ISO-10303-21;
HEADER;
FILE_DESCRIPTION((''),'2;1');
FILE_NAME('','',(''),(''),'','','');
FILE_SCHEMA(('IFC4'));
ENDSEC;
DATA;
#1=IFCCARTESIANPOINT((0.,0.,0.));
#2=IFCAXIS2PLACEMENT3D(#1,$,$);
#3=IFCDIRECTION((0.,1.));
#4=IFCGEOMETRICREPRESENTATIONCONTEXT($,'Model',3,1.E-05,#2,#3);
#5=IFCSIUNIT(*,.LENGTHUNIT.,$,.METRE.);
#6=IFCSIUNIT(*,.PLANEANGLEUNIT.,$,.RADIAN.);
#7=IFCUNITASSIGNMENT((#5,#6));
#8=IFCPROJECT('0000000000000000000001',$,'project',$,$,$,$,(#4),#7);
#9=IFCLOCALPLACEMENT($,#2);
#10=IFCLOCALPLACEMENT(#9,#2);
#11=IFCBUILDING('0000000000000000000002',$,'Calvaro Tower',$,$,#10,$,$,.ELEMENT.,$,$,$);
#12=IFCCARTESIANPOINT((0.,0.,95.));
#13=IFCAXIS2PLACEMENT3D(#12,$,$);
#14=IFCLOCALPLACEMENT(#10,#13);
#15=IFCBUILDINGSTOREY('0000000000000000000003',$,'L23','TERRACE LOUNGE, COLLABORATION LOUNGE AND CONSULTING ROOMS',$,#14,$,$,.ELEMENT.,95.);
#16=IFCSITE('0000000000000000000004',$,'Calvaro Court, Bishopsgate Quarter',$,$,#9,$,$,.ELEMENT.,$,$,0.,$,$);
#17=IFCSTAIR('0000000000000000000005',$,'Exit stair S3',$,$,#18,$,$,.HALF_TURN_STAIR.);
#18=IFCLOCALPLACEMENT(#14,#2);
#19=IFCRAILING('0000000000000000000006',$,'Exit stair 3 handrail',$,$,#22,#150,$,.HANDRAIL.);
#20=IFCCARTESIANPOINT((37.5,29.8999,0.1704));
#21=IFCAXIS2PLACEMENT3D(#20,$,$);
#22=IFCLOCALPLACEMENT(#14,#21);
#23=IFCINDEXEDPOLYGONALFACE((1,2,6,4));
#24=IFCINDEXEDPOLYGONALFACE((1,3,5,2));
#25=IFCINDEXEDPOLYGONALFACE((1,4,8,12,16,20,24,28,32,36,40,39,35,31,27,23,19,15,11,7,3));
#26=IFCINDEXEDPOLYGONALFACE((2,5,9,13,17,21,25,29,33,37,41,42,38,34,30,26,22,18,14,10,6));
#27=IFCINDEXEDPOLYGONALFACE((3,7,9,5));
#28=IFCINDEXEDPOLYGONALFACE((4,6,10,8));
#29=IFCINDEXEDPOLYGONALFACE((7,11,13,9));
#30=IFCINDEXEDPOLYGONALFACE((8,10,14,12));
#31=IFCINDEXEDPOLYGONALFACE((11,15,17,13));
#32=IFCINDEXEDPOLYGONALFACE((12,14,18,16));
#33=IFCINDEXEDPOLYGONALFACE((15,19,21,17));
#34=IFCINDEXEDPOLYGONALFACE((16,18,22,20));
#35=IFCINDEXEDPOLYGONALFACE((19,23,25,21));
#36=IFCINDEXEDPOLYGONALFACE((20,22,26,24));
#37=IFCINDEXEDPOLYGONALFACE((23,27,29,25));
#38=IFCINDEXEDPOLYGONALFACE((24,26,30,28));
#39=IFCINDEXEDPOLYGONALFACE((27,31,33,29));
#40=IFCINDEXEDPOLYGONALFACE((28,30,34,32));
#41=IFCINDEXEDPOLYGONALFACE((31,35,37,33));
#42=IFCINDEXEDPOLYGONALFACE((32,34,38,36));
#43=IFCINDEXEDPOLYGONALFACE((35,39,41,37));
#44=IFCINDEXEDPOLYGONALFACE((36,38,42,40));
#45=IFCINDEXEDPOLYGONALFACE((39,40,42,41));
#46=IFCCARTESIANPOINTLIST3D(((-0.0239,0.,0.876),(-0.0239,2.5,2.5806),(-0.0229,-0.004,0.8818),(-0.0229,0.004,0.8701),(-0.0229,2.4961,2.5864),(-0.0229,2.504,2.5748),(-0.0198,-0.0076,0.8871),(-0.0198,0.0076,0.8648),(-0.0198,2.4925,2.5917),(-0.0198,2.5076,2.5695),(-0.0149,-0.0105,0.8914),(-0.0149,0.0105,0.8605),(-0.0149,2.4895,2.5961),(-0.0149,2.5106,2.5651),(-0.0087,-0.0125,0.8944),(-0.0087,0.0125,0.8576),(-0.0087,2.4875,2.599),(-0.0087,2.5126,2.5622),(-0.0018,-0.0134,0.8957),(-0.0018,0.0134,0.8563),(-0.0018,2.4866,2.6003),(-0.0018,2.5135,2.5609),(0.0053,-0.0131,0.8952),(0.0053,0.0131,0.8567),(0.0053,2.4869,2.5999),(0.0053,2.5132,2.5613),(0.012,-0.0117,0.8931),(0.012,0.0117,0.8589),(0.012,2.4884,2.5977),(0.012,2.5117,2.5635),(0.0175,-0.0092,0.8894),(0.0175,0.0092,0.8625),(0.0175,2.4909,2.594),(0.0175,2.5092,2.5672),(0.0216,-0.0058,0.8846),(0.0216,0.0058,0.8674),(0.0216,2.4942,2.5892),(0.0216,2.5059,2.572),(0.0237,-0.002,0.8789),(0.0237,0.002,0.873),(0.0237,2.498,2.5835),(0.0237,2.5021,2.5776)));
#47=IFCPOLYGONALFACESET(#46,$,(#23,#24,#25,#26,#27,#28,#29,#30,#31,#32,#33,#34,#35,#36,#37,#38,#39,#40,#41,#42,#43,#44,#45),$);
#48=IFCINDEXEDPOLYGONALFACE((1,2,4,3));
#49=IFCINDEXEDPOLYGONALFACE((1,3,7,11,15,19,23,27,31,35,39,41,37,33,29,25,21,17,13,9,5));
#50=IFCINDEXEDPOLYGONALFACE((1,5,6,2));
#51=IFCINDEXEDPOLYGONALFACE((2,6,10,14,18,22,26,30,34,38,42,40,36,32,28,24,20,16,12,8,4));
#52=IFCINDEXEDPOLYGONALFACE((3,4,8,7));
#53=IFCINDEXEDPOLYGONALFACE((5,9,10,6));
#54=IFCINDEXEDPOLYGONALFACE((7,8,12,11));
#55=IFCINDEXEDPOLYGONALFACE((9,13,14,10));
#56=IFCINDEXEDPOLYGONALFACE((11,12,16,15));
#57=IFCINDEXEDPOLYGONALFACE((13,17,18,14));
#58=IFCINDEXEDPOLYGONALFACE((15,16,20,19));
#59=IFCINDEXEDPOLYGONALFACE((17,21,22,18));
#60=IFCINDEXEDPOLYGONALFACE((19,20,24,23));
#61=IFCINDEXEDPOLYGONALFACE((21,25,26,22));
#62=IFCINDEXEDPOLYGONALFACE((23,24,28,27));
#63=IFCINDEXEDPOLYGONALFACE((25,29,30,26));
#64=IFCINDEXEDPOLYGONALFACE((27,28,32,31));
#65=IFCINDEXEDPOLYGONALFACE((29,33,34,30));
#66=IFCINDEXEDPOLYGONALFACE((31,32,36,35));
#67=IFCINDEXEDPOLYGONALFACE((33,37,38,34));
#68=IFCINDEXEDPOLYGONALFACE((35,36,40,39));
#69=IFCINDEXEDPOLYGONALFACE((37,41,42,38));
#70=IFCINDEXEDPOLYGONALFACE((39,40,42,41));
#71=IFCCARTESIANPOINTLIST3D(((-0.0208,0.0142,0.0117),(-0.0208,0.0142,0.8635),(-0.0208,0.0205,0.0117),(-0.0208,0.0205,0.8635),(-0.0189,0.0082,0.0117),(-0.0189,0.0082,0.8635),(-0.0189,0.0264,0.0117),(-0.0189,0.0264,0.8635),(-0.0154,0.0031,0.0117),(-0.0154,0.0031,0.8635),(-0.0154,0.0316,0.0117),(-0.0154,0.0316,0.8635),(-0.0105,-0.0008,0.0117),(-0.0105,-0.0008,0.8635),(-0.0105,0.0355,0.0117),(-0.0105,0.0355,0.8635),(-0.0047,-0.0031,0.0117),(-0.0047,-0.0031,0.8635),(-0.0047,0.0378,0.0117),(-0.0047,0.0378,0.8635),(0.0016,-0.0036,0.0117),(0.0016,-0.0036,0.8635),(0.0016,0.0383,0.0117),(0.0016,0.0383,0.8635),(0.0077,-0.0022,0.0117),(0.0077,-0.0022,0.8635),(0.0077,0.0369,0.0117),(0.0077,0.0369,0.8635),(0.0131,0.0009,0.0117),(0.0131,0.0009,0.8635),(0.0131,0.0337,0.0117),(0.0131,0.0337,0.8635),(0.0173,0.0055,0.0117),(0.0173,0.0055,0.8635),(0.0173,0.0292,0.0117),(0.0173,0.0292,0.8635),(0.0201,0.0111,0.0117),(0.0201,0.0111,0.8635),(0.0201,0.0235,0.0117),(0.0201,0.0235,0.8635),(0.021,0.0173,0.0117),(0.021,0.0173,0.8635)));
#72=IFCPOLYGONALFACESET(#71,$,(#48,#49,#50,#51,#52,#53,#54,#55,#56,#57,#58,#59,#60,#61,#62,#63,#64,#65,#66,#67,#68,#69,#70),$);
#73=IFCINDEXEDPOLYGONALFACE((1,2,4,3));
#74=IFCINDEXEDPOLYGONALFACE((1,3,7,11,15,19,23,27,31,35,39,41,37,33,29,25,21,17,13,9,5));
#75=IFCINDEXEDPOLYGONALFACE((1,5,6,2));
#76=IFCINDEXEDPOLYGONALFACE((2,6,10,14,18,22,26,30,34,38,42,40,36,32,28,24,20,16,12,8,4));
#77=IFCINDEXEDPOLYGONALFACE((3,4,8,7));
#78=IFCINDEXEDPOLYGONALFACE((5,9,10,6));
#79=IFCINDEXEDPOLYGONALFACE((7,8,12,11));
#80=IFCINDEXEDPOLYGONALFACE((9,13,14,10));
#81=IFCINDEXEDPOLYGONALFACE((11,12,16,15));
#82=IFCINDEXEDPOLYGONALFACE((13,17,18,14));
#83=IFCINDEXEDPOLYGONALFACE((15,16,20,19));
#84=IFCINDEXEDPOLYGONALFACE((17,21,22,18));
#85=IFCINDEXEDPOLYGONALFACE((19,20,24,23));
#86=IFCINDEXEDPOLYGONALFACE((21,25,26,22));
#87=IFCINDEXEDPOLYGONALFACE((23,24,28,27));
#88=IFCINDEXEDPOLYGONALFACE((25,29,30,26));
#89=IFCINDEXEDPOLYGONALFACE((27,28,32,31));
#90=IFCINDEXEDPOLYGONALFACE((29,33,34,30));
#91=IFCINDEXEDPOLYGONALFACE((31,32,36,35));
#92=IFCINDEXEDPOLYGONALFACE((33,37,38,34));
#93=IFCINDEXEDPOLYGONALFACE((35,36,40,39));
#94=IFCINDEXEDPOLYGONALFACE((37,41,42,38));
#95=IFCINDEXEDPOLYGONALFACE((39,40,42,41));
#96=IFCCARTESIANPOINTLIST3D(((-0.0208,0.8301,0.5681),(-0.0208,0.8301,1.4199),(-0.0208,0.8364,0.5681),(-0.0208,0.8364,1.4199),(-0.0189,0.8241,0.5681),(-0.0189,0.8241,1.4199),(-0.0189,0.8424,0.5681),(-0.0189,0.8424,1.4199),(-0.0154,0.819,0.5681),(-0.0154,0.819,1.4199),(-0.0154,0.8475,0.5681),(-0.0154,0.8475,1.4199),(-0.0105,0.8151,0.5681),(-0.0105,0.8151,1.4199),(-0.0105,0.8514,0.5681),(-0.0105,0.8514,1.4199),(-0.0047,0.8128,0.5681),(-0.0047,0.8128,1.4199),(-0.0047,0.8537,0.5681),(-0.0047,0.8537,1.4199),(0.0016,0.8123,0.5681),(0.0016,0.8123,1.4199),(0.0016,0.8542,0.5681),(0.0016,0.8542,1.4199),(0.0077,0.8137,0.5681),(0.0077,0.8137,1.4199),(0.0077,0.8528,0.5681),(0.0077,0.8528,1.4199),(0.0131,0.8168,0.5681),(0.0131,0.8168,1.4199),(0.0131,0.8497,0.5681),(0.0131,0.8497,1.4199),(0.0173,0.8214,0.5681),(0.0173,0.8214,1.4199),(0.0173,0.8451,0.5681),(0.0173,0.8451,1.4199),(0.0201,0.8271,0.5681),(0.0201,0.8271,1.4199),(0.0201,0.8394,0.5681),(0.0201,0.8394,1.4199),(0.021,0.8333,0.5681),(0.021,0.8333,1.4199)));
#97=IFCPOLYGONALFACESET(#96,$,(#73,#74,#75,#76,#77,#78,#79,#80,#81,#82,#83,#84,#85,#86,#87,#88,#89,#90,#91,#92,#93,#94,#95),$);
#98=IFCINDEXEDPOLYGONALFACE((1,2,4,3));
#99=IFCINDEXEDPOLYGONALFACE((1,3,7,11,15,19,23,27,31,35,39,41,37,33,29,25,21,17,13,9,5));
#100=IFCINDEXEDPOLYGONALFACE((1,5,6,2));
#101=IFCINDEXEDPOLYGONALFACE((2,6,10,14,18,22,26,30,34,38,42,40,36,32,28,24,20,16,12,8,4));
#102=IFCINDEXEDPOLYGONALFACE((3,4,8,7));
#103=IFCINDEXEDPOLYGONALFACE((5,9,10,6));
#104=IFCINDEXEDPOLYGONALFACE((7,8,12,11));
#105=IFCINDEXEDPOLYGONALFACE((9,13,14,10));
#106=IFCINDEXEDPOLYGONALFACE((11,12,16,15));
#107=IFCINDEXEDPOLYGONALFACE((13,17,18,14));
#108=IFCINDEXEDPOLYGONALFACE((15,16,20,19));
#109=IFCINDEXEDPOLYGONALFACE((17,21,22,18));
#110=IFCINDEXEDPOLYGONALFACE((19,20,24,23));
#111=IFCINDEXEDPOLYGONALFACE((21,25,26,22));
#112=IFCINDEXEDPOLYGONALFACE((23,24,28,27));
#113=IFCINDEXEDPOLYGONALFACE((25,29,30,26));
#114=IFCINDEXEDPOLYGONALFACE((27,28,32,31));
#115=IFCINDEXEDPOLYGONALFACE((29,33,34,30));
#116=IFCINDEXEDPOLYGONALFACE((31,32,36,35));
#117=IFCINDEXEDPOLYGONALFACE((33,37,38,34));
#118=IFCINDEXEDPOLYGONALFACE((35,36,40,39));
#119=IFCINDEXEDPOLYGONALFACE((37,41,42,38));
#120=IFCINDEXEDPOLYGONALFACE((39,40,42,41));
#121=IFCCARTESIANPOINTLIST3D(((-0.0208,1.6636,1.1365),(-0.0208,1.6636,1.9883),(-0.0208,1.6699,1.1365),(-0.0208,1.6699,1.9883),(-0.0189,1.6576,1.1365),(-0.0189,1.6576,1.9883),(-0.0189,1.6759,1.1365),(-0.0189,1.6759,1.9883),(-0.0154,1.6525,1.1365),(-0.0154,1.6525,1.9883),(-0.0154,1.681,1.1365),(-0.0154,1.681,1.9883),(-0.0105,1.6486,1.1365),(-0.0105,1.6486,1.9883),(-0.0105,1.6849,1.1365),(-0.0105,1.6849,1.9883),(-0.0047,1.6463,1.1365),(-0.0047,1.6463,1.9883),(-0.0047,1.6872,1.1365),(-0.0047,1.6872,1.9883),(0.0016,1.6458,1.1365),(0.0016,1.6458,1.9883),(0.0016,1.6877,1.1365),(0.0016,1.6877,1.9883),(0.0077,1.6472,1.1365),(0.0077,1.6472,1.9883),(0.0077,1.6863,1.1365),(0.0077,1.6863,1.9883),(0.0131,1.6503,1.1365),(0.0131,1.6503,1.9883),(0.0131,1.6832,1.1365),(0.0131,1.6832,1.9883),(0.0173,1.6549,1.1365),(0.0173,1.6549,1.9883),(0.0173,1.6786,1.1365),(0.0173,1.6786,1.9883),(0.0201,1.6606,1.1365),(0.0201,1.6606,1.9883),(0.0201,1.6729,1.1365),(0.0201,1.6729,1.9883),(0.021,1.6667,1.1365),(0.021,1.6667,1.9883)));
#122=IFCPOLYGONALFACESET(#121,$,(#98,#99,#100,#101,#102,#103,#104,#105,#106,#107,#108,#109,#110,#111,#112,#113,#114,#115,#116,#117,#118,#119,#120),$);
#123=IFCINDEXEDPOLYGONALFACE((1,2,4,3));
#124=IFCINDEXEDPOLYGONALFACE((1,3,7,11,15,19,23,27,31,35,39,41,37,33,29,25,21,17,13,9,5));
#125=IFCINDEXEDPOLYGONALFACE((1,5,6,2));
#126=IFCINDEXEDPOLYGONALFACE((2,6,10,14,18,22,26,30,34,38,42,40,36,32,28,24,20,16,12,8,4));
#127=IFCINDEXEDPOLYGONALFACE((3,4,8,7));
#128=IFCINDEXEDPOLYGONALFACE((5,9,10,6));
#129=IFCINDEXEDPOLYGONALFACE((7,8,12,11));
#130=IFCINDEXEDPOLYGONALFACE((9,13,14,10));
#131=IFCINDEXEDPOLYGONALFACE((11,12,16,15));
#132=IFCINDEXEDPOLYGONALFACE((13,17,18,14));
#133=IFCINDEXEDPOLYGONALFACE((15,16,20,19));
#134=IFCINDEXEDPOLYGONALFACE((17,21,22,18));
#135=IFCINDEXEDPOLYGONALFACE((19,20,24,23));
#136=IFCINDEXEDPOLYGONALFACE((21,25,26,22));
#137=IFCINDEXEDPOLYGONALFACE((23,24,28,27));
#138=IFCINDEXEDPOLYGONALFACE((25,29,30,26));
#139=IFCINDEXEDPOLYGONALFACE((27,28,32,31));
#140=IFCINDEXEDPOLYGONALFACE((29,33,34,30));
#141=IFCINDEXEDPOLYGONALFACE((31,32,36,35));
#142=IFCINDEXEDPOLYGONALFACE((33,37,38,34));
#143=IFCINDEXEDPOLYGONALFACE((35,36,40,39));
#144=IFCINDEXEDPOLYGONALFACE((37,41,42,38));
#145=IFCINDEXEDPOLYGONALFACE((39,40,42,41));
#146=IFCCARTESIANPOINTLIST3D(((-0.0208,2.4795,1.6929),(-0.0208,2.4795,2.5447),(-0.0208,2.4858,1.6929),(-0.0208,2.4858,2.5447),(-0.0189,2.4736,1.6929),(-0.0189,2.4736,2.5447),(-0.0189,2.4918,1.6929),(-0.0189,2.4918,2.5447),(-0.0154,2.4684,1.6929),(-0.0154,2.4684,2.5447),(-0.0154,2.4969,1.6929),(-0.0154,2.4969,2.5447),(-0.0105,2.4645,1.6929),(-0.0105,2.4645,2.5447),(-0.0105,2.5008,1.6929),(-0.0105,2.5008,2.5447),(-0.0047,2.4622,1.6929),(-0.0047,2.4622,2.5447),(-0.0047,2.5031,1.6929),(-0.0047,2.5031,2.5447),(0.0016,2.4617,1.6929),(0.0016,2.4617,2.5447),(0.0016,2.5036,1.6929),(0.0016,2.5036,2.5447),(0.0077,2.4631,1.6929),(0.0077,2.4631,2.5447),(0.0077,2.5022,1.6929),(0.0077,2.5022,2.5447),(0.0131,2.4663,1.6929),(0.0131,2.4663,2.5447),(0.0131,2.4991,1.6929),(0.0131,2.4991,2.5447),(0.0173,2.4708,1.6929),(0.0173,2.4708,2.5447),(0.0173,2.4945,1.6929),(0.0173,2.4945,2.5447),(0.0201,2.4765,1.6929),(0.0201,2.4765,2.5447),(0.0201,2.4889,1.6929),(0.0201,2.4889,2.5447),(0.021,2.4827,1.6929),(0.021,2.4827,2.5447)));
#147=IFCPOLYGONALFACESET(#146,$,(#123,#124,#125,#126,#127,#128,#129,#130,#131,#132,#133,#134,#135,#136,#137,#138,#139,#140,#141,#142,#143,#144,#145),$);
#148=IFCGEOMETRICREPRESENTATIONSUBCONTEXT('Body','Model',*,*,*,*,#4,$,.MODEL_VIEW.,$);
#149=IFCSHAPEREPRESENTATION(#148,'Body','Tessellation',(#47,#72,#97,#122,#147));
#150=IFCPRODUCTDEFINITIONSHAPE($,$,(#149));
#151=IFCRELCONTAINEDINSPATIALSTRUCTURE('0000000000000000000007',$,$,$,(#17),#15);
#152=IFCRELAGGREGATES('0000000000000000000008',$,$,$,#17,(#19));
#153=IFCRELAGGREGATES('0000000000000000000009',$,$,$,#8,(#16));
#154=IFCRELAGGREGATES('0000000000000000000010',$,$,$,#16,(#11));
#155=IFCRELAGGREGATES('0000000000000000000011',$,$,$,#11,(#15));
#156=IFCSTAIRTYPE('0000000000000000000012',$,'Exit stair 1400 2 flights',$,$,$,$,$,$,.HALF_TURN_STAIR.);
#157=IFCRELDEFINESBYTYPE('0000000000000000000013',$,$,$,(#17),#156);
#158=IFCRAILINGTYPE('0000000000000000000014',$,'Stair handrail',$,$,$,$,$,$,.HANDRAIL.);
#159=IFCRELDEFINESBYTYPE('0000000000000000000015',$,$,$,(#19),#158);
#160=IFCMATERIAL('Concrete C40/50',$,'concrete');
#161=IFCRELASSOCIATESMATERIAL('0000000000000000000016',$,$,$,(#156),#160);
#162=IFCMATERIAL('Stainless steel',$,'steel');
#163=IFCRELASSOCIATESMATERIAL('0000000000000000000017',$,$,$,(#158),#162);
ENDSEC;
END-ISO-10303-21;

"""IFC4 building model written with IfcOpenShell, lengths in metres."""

from ifc_helpers import new_model, si_unit, direction, frame, origin, origin_2d, place, context, subcontext, project, spatial, circle, extrude, material, type_object, element, aggregate, save


model = new_model("IFC4")

# Units and contexts
model_context = context("Model", 3, precision=1e-05, world=origin(), true_north=direction((0.0, 1.0)))
body_context = subcontext(model_context, "Body", "Model", "MODEL_VIEW")
ifc_project = project(units=[si_unit("LENGTHUNIT", "METRE"), si_unit("PLANEANGLEUNIT", "RADIAN")], contexts=[model_context])

# Site, building, storey
site_placement = place(None, origin())
site = spatial("IfcSite", under=ifc_project, at=site_placement, Name="Calvaro Court, Bishopsgate Quarter", CompositionType="ELEMENT", RefElevation=0.0)
building_placement = place(site_placement, origin())
building = spatial("IfcBuilding", under=site, at=building_placement, Name="Calvaro Tower", CompositionType="ELEMENT")
storey_placement = place(building_placement, frame((0.0, 0.0, 95.0)))
storey = spatial("IfcBuildingStorey", under=building, at=storey_placement, Name="L23", Description="TERRACE LOUNGE, COLLABORATION LOUNGE AND CONSULTING ROOMS", CompositionType="ELEMENT", Elevation=95.0)

# Stair
ifc_material_1 = material(Name="Concrete C40/50", Category="concrete")
stair_type = type_object("IfcStairType", Name="Exit stair 1400 2 flights", PredefinedType="HALF_TURN_STAIR", material=ifc_material_1)
stair_1_placement = place(storey_placement, origin())
stair_1 = element("IfcStair", 1, at=stair_1_placement, inside=storey, type_object=stair_type, Name="Exit stair S3", PredefinedType="HALF_TURN_STAIR")

# Railing
ifc_material_2 = material(Name="Stainless steel", Category="steel")
railing_type = type_object("IfcRailingType", Name="Stair handrail", PredefinedType="HANDRAIL", material=ifc_material_2)
railing_1_placement = place(storey_placement, frame((37.5, 29.8999, 0.1704)))
railing_1 = element("IfcRailing", 2, at=railing_1_placement, type_object=railing_type, Name="Exit stair 3 handrail", PredefinedType="HANDRAIL", context=body_context, shape_type="SweptSolid", body=[
    extrude(circle(Radius=0.0239, at=origin_2d()), frame((0.0, 0.0, 0.876), z_axis=(0.0, 0.826221, 0.563347), x_axis=(-1.0, 0.0, 0.0)), (0.0, 0.0, 1.0), 3.0259),
    extrude(circle(Radius=0.021, at=origin_2d()), frame((0.0, 0.0173, 0.0117)), (0.0, 0.0, 1.0), 0.8518),
    extrude(circle(Radius=0.021, at=origin_2d()), frame((0.0, 0.8333, 0.5681)), (0.0, 0.0, 1.0), 0.8518),
    extrude(circle(Radius=0.021, at=origin_2d()), frame((0.0, 1.6667, 1.1365)), (0.0, 0.0, 1.0), 0.8518),
    extrude(circle(Radius=0.021, at=origin_2d()), frame((0.0, 2.4827, 1.6929)), (0.0, 0.0, 1.0), 0.8518),
])
aggregate(stair_1, [railing_1])

save(model, "model.ifc")
